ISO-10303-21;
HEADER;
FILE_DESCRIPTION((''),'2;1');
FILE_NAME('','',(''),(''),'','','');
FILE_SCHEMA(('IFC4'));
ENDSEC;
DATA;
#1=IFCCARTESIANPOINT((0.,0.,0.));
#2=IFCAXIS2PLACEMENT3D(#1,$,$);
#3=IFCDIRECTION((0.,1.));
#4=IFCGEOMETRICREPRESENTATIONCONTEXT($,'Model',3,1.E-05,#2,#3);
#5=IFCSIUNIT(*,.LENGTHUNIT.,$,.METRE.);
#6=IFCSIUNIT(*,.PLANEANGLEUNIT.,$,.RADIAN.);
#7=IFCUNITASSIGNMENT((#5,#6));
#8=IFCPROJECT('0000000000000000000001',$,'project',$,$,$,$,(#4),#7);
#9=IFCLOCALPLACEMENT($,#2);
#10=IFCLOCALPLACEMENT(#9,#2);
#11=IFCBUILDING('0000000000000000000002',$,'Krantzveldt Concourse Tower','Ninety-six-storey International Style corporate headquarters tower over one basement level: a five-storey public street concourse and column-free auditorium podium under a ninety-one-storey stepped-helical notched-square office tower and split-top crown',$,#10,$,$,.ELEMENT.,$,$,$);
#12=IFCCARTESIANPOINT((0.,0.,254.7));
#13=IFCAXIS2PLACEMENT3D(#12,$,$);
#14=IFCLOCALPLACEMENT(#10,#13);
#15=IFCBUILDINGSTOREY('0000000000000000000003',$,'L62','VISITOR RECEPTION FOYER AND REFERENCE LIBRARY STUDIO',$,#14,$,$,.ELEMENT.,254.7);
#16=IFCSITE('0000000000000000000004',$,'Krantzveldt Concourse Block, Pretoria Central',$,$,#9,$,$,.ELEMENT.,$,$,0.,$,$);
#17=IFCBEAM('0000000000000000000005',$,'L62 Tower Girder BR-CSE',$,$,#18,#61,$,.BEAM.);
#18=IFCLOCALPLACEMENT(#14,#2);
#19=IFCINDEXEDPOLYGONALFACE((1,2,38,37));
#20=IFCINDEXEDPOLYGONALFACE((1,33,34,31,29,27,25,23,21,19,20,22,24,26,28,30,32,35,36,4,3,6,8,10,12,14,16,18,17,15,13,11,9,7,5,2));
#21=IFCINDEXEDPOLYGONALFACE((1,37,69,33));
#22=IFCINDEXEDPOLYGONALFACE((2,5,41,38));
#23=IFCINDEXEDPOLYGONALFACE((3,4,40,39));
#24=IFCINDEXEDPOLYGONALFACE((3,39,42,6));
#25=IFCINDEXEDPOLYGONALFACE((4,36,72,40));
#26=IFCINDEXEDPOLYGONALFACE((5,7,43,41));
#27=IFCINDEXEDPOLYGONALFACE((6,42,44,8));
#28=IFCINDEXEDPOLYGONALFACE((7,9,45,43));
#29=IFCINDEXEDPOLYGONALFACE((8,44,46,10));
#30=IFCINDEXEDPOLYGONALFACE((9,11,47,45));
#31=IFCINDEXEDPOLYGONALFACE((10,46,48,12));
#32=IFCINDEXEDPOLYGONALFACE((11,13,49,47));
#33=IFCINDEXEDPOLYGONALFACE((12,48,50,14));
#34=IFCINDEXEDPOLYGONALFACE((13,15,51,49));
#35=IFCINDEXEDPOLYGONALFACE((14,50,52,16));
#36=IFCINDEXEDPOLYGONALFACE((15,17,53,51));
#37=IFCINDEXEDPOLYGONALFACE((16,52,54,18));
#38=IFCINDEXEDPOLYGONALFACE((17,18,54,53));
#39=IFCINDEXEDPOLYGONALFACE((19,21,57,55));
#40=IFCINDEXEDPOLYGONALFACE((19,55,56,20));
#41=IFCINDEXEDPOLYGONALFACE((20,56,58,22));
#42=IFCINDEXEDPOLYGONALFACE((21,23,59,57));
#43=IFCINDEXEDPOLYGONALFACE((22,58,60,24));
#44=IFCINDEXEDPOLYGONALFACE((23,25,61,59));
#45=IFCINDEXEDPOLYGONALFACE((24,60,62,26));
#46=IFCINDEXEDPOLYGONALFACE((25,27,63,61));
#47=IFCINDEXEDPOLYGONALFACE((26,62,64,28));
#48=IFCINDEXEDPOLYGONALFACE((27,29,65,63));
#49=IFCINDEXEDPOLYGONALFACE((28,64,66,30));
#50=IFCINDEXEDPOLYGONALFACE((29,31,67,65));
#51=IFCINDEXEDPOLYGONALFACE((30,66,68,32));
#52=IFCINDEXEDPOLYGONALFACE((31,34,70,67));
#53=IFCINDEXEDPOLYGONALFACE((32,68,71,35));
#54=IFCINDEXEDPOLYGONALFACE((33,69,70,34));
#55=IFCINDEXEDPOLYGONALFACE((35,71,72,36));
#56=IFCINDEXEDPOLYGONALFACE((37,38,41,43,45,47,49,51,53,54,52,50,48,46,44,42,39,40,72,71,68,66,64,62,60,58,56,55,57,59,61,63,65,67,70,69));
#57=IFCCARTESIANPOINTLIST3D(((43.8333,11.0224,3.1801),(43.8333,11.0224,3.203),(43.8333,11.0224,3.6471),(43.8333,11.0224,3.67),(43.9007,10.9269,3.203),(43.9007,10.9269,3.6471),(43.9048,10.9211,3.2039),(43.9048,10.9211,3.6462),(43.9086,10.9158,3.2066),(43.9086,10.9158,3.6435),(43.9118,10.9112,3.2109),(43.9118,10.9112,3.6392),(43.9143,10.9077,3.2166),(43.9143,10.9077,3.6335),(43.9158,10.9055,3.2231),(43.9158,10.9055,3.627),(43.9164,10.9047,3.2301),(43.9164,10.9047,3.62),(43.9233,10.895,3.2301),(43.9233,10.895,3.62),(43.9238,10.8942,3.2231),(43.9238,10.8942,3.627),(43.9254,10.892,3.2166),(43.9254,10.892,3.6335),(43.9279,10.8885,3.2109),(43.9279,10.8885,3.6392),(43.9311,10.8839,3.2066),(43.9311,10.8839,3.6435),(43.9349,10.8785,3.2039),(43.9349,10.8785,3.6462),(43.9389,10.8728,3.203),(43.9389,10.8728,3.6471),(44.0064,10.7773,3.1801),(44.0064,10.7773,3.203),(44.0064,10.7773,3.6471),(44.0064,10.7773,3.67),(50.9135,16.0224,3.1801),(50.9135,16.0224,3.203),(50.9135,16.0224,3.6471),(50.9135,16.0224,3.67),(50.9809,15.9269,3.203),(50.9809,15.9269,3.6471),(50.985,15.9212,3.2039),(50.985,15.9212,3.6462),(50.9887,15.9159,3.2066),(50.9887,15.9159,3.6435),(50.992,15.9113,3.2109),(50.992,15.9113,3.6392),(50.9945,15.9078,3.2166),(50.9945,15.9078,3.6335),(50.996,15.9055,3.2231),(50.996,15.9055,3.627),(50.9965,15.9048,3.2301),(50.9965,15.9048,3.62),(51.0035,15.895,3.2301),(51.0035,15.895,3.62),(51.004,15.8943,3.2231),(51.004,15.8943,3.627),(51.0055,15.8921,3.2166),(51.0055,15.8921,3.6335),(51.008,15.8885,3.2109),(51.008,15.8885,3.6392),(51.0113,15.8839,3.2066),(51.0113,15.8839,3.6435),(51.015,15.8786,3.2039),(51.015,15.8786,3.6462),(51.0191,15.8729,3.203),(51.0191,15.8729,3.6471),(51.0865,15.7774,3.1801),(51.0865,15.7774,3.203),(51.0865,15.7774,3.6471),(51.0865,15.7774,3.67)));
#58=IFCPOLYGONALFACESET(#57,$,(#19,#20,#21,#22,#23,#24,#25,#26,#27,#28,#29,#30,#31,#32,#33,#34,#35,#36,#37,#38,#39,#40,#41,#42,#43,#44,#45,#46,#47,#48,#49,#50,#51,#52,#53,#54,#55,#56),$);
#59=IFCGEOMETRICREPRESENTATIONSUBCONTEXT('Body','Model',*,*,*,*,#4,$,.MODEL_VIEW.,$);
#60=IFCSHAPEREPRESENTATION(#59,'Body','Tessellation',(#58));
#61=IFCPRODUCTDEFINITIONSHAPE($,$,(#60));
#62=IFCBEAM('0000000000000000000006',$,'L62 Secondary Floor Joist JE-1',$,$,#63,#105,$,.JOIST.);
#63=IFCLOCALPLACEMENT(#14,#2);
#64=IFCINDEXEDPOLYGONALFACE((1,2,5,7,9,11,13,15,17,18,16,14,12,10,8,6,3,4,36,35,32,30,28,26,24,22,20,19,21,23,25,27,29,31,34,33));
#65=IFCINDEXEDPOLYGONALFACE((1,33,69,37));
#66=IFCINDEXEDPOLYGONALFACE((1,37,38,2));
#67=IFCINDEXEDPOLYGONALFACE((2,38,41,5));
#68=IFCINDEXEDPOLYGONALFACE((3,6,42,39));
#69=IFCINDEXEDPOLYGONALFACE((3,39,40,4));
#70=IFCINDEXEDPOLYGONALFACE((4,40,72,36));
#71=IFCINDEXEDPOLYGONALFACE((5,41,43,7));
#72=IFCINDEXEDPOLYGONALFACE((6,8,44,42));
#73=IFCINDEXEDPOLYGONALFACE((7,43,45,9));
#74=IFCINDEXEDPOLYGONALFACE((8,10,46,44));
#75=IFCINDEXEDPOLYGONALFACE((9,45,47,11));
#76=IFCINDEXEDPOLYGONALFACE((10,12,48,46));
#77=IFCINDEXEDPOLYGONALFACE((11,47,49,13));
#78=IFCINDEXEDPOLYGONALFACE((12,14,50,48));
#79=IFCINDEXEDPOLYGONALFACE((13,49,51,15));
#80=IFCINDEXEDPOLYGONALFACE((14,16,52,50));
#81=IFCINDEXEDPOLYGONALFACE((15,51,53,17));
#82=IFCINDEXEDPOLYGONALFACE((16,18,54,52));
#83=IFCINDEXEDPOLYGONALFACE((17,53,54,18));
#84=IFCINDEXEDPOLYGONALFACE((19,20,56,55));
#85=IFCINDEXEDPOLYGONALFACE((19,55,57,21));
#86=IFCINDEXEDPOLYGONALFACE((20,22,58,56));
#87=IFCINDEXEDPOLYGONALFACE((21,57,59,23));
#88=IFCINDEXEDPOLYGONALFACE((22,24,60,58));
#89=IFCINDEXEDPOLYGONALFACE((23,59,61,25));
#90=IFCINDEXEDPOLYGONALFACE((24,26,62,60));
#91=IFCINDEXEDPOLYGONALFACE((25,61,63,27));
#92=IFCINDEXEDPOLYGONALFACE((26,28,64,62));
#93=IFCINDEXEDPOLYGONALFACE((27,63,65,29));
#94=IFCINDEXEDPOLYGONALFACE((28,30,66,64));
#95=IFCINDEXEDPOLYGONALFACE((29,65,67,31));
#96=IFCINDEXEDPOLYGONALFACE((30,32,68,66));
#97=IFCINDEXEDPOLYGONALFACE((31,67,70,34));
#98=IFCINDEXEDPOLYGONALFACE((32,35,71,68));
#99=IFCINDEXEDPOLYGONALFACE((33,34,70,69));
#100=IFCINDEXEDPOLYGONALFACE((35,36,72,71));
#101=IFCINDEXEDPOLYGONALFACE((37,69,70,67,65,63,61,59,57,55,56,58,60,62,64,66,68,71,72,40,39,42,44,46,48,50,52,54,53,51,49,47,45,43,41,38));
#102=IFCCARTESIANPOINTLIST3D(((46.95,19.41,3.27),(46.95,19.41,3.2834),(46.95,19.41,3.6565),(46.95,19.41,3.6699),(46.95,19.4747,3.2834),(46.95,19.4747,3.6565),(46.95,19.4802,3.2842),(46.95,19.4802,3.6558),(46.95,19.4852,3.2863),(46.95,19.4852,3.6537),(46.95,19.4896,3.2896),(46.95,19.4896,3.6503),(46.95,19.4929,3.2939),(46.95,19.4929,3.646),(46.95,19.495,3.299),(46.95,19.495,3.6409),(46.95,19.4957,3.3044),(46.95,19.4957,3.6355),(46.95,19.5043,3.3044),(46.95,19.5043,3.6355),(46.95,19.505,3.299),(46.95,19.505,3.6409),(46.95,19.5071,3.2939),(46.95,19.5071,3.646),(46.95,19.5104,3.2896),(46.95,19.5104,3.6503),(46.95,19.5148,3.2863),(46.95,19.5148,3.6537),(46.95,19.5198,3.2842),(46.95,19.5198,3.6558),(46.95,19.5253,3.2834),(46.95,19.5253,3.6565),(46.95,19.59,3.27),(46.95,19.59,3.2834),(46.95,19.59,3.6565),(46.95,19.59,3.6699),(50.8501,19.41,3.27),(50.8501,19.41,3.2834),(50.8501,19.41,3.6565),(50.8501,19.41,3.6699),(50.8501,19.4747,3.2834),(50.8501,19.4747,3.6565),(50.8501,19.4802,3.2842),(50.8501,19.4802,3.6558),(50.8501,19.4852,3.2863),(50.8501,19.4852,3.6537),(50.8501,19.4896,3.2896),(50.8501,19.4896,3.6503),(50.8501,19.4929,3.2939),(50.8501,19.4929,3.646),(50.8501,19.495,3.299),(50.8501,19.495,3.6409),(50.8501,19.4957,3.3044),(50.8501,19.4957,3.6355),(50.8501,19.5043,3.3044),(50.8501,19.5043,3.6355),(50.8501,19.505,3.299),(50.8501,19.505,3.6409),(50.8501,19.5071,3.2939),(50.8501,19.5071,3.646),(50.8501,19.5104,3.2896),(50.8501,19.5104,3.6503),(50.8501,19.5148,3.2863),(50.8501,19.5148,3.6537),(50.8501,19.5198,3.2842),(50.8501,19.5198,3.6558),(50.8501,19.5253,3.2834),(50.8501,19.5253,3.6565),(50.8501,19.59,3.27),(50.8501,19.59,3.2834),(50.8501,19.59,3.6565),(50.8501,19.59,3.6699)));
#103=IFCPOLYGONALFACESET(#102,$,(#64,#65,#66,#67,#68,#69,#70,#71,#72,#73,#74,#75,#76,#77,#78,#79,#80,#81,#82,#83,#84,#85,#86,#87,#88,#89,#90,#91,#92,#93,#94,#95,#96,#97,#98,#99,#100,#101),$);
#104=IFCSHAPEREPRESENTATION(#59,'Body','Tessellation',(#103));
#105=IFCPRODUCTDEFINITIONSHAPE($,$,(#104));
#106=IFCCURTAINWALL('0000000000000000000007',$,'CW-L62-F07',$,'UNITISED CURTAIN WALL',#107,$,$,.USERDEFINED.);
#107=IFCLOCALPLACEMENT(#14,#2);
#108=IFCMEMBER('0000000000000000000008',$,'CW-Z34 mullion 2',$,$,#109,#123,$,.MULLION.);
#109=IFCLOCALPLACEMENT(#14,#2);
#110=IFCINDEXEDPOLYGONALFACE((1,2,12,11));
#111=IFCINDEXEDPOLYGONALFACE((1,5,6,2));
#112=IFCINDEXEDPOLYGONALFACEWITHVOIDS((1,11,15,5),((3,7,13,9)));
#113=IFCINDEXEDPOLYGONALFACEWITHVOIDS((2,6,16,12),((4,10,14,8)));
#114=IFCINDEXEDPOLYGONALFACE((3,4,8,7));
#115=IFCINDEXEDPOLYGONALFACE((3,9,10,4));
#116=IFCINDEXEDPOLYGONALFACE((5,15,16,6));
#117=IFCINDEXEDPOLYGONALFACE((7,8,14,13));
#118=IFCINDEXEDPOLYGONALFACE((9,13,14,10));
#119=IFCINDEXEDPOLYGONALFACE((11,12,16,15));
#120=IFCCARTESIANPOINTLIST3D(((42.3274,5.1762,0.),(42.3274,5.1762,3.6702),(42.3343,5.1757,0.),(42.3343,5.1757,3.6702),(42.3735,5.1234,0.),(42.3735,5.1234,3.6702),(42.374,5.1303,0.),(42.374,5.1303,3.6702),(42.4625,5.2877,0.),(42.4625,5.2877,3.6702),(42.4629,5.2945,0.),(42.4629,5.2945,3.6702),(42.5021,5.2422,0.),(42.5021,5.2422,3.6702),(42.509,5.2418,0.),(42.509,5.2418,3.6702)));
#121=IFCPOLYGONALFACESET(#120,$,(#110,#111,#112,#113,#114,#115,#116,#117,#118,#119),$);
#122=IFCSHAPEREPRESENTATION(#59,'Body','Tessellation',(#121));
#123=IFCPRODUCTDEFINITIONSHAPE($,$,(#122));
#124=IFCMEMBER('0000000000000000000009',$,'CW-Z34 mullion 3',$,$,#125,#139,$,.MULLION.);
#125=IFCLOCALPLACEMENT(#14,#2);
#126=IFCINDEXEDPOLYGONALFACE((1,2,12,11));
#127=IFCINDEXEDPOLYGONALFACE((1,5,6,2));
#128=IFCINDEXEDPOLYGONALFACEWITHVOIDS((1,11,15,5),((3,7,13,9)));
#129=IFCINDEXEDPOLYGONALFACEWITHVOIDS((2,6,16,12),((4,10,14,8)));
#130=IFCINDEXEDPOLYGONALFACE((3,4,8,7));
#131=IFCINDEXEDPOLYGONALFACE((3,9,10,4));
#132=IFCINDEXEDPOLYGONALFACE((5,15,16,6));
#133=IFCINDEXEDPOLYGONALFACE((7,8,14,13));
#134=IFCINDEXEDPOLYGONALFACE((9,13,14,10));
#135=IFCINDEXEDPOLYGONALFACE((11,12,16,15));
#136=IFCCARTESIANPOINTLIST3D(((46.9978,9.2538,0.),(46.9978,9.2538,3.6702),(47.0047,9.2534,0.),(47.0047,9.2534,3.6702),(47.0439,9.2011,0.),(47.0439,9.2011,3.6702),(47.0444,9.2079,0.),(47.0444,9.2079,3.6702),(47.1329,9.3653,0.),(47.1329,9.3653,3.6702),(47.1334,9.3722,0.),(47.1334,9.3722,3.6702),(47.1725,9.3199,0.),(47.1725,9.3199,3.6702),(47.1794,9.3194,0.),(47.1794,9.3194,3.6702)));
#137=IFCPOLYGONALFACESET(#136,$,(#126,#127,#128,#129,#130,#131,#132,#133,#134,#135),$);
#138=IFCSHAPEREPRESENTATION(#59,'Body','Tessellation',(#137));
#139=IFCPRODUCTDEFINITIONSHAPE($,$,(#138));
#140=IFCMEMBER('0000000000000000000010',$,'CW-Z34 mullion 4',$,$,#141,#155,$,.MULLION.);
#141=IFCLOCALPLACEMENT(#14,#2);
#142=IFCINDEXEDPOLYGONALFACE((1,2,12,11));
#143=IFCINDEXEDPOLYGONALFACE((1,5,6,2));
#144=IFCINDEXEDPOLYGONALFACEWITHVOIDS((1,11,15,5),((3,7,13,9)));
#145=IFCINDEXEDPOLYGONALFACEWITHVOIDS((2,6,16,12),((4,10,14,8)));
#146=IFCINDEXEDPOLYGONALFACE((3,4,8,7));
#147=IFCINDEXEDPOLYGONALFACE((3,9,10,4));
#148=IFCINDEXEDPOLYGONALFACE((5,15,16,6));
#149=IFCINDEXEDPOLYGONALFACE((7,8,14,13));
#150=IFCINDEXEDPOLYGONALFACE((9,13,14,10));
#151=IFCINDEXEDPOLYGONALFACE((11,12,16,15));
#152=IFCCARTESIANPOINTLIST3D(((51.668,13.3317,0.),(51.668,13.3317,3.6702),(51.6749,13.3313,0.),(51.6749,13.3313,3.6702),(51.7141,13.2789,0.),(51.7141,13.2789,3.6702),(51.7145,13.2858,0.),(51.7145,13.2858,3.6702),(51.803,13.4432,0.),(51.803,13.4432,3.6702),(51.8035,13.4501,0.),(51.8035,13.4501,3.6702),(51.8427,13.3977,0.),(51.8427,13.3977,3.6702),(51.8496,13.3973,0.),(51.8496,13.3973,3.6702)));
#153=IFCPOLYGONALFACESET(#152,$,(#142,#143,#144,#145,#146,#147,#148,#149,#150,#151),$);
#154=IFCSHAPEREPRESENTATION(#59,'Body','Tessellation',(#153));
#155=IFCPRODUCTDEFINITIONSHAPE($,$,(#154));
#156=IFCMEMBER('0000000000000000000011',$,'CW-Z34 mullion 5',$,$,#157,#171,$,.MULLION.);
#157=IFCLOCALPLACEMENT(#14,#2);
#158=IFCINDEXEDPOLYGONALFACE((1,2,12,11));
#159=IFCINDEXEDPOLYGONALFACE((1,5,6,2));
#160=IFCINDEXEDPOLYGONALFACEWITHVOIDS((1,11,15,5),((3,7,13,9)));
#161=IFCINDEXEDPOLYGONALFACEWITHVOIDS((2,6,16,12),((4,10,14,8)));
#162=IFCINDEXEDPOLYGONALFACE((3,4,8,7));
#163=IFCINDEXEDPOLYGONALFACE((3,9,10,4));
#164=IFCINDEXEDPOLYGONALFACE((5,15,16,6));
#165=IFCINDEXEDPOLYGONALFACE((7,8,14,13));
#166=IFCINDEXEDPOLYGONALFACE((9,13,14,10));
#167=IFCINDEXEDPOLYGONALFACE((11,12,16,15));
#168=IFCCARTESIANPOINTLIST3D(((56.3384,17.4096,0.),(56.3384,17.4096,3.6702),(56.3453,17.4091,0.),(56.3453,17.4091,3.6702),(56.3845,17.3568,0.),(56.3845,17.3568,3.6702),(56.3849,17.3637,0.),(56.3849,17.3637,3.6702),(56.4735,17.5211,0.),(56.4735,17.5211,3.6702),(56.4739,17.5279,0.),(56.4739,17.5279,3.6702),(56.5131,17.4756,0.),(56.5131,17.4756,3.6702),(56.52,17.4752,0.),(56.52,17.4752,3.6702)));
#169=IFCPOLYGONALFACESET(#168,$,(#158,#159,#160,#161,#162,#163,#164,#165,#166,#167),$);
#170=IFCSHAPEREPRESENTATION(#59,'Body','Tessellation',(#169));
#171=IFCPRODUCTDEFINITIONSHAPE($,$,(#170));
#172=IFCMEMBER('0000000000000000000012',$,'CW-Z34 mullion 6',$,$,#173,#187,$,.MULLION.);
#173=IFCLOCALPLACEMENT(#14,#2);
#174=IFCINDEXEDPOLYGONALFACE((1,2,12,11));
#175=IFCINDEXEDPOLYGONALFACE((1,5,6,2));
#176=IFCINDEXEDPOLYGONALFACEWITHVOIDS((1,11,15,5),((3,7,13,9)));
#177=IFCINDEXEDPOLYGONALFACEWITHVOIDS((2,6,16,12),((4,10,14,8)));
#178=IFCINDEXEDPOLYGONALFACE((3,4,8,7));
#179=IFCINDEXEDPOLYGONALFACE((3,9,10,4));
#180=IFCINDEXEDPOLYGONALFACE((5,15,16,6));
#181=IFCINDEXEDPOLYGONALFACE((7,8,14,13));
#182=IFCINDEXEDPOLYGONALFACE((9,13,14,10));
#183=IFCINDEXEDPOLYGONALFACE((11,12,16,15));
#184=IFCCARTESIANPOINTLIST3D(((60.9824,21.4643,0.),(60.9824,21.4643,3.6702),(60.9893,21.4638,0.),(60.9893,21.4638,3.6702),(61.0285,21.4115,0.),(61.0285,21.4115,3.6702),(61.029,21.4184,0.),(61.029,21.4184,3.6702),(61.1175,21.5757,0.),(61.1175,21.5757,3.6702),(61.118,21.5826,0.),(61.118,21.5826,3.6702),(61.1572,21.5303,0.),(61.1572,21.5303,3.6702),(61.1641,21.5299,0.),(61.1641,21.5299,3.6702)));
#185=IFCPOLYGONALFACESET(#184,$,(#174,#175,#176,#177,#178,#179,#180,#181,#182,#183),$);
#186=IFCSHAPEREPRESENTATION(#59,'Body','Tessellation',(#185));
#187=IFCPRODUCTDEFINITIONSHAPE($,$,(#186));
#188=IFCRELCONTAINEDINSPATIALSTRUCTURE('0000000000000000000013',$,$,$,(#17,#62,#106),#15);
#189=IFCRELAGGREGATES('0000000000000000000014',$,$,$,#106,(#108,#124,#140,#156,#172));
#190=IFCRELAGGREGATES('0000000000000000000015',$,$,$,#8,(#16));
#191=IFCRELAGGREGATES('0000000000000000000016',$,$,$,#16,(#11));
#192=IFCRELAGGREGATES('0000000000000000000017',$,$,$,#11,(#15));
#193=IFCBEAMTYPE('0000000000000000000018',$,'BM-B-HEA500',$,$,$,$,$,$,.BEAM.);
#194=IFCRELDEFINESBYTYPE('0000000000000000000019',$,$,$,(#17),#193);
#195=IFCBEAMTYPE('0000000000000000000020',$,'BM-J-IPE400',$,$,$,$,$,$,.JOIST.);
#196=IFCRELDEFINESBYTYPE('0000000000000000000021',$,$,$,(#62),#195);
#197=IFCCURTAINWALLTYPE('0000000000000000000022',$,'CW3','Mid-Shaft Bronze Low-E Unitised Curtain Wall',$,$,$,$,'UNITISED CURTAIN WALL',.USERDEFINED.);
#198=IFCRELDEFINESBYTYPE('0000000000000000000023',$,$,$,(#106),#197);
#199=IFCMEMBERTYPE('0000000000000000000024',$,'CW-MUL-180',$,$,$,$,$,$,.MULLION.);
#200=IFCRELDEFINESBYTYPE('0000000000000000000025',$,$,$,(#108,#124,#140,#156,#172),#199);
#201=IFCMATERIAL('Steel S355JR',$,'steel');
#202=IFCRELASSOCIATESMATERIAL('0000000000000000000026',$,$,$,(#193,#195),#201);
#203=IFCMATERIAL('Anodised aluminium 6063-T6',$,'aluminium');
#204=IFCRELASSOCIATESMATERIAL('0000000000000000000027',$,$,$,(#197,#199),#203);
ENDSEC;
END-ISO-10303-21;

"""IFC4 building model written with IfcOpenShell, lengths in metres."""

from ifc_helpers import new_model, si_unit, direction, frame, origin, origin_2d, place, context, subcontext, project, spatial, hollow_rectangle, i_section, extrude, source, transform, mapped, material, material_profile, profile_set, type_object, type_shapes, element, aggregate, save


model = new_model("IFC4")

# Units and contexts
model_context = context("Model", 3, precision=1e-05, world=origin(), true_north=direction((0.0, 1.0)))
body_context = subcontext(model_context, "Body", "Model", "MODEL_VIEW")
ifc_project = project(units=[si_unit("LENGTHUNIT", "METRE"), si_unit("PLANEANGLEUNIT", "RADIAN")], contexts=[model_context])

# Site, building, storey
site_placement = place(None, origin())
site = spatial("IfcSite", under=ifc_project, at=site_placement, Name="Krantzveldt Concourse Block, Pretoria Central", CompositionType="ELEMENT", RefElevation=0.0)
building_placement = place(site_placement, origin())
building = spatial("IfcBuilding", under=site, at=building_placement, Name="Krantzveldt Concourse Tower", Description="Ninety-six-storey International Style corporate headquarters tower over one basement level: a five-storey public street concourse and column-free auditorium podium under a ninety-one-storey stepped-helical notched-square office tower and split-top crown", CompositionType="ELEMENT")
storey_placement = place(building_placement, frame((0.0, 0.0, 254.7)))
storey = spatial("IfcBuildingStorey", under=building, at=storey_placement, Name="L62", Description="VISITOR RECEPTION FOYER AND REFERENCE LIBRARY STUDIO", CompositionType="ELEMENT", Elevation=254.7)

# Beams
ifc_material_1 = material(Name="Steel S355JR", Category="steel")
ifc_material_profile_1 = material_profile(ifc_material_1, i_section(OverallWidth=0.3, OverallDepth=0.49, WebThickness=0.012, FlangeThickness=0.0229, FilletRadius=0.0271, at=origin_2d()), Name="Steel S355JR", Category="steel")
ifc_profile_set_1 = profile_set([ifc_material_profile_1], Name="Steel S355JR - HEA 500")
beam_type_1 = type_object("IfcBeamType", Name="BM-B-HEA500", PredefinedType="BEAM", material=ifc_profile_set_1)
shared_shape_1 = source(origin(), body_context, "Body", "SweptSolid", [
    extrude(i_section(OverallWidth=0.3, OverallDepth=0.49, WebThickness=0.012, FlangeThickness=0.0229, FilletRadius=0.0271, at=origin_2d()), origin(), (0.0, 0.0, 1.0), 8.6677),
])
beam_1_placement = place(storey_placement, frame((51.0, 15.8999, 3.425), z_axis=(-0.816843, -0.57686, 0.0), x_axis=(0.57686, -0.816843, 0.0)))
element("IfcBeam", 1, at=beam_1_placement, inside=storey, type_object=beam_type_1, Name="L62 Tower Girder BR-CSE", PredefinedType="BEAM", context=body_context, shape_type="MappedRepresentation", body=[
    mapped(shared_shape_1, transform((0.0, 0.0, 0.0), x_axis=(1.0, 0.0, 0.0), y_axis=(0.0, 1.0, 0.0), z_axis=(0.0, 0.0, 1.0), scale=1.0)),
])
ifc_material_profile_2 = material_profile(ifc_material_1, i_section(OverallWidth=0.1799, OverallDepth=0.3999, WebThickness=0.0085, FlangeThickness=0.0134, FilletRadius=0.021, at=origin_2d()), Name="Steel S355JR", Category="steel")
ifc_profile_set_2 = profile_set([ifc_material_profile_2], Name="Steel S355JR - IPE 400")
beam_type_2 = type_object("IfcBeamType", Name="BM-J-IPE400", PredefinedType="JOIST", material=ifc_profile_set_2)
shared_shape_2 = source(origin(), body_context, "Body", "SweptSolid", [
    extrude(i_section(OverallWidth=0.1799, OverallDepth=0.3999, WebThickness=0.0085, FlangeThickness=0.0134, FilletRadius=0.021, at=origin_2d()), origin(), (0.0, 0.0, 1.0), 3.9001),
])
type_shapes(beam_type_2, [shared_shape_2])
beam_2_placement = place(storey_placement, frame((46.95, 19.5, 3.47), z_axis=(1.0, 0.0, 0.0), x_axis=(0.0, 1.0, 0.0)))
element("IfcBeam", 2, at=beam_2_placement, inside=storey, type_object=beam_type_2, Name="L62 Secondary Floor Joist JE-1", PredefinedType="JOIST", context=body_context, shape_type="MappedRepresentation", body=[
    mapped(shared_shape_2, transform((0.0, 0.0, 0.0), x_axis=(1.0, 0.0, 0.0), y_axis=(0.0, 1.0, 0.0), z_axis=(0.0, 0.0, 1.0), scale=1.0)),
])

# Curtain wall, members
ifc_material_2 = material(Name="Anodised aluminium 6063-T6", Category="aluminium")
curtain_wall_type = type_object("IfcCurtainWallType", Name="CW3", Description="Mid-Shaft Bronze Low-E Unitised Curtain Wall", ElementType="UNITISED CURTAIN WALL", PredefinedType="USERDEFINED", material=ifc_material_2)
curtain_wall_placement = place(storey_placement, origin())
curtain_wall = element("IfcCurtainWall", 3, at=curtain_wall_placement, inside=storey, type_object=curtain_wall_type, Name="CW-L62-F07", ObjectType="UNITISED CURTAIN WALL", PredefinedType="USERDEFINED")
ifc_material_profile_3 = material_profile(ifc_material_2, hollow_rectangle(XDim=0.0701, YDim=0.1799, WallThickness=0.0049, at=origin_2d()), Name="Anodised aluminium 6063-T6", Category="aluminium")
ifc_profile_set_3 = profile_set([ifc_material_profile_3], Name="Anodised aluminium 6063-T6 - ALU-MULL 180x70x5")
member_type_1 = type_object("IfcMemberType", Name="CW-MUL-180", PredefinedType="MULLION", material=ifc_profile_set_3)
shared_shape_3 = source(origin(), body_context, "Body", "SweptSolid", [
    extrude(hollow_rectangle(XDim=0.0701, YDim=0.1799, WallThickness=0.0049, at=origin_2d()), origin(), (0.0, 0.0, 1.0), 3.6702),
])
type_shapes(member_type_1, [shared_shape_3])
member_1_placement = place(storey_placement, frame((42.4182, 5.209, 0.0), z_axis=(0.0, 0.0, 1.0), x_axis=(-0.657704, 0.753277, 0.0)))
member_1 = element("IfcMember", 4, at=member_1_placement, type_object=member_type_1, Name="CW-Z34 mullion 2", PredefinedType="MULLION", context=body_context, shape_type="MappedRepresentation", body=[
    mapped(shared_shape_3, transform((0.0, 0.0, 0.0), x_axis=(1.0, 0.0, 0.0), y_axis=(0.0, 1.0, 0.0), z_axis=(0.0, 0.0, 1.0), scale=1.0)),
])
member_2_placement = place(storey_placement, frame((47.0886, 9.2866, 0.0), z_axis=(0.0, 0.0, 1.0), x_axis=(-0.657704, 0.753277, 0.0)))
member_2 = element("IfcMember", 5, at=member_2_placement, type_object=member_type_1, Name="CW-Z34 mullion 3", PredefinedType="MULLION", context=body_context, shape_type="MappedRepresentation", body=[
    mapped(shared_shape_3, transform((0.0, 0.0, 0.0), x_axis=(1.0, 0.0, 0.0), y_axis=(0.0, 1.0, 0.0), z_axis=(0.0, 0.0, 1.0), scale=1.0)),
])
member_3_placement = place(storey_placement, frame((51.7588, 13.3645, 0.0), z_axis=(0.0, 0.0, 1.0), x_axis=(-0.657704, 0.753277, 0.0)))
member_3 = element("IfcMember", 6, at=member_3_placement, type_object=member_type_1, Name="CW-Z34 mullion 4", PredefinedType="MULLION", context=body_context, shape_type="MappedRepresentation", body=[
    mapped(shared_shape_3, transform((0.0, 0.0, 0.0), x_axis=(1.0, 0.0, 0.0), y_axis=(0.0, 1.0, 0.0), z_axis=(0.0, 0.0, 1.0), scale=1.0)),
])
member_4_placement = place(storey_placement, frame((56.4292, 17.4424, 0.0), z_axis=(0.0, 0.0, 1.0), x_axis=(-0.657704, 0.753277, 0.0)))
member_4 = element("IfcMember", 7, at=member_4_placement, type_object=member_type_1, Name="CW-Z34 mullion 5", PredefinedType="MULLION", context=body_context, shape_type="MappedRepresentation", body=[
    mapped(shared_shape_3, transform((0.0, 0.0, 0.0), x_axis=(1.0, 0.0, 0.0), y_axis=(0.0, 1.0, 0.0), z_axis=(0.0, 0.0, 1.0), scale=1.0)),
])
member_5_placement = place(storey_placement, frame((61.0732, 21.4971, 0.0), z_axis=(0.0, 0.0, 1.0), x_axis=(-0.657704, 0.753277, 0.0)))
member_5 = element("IfcMember", 8, at=member_5_placement, type_object=member_type_1, Name="CW-Z34 mullion 6", PredefinedType="MULLION", context=body_context, shape_type="MappedRepresentation", body=[
    mapped(shared_shape_3, transform((0.0, 0.0, 0.0), x_axis=(1.0, 0.0, 0.0), y_axis=(0.0, 1.0, 0.0), z_axis=(0.0, 0.0, 1.0), scale=1.0)),
])
aggregate(curtain_wall, [member_1, member_2, member_3, member_4, member_5])

save(model, "model.ifc")
